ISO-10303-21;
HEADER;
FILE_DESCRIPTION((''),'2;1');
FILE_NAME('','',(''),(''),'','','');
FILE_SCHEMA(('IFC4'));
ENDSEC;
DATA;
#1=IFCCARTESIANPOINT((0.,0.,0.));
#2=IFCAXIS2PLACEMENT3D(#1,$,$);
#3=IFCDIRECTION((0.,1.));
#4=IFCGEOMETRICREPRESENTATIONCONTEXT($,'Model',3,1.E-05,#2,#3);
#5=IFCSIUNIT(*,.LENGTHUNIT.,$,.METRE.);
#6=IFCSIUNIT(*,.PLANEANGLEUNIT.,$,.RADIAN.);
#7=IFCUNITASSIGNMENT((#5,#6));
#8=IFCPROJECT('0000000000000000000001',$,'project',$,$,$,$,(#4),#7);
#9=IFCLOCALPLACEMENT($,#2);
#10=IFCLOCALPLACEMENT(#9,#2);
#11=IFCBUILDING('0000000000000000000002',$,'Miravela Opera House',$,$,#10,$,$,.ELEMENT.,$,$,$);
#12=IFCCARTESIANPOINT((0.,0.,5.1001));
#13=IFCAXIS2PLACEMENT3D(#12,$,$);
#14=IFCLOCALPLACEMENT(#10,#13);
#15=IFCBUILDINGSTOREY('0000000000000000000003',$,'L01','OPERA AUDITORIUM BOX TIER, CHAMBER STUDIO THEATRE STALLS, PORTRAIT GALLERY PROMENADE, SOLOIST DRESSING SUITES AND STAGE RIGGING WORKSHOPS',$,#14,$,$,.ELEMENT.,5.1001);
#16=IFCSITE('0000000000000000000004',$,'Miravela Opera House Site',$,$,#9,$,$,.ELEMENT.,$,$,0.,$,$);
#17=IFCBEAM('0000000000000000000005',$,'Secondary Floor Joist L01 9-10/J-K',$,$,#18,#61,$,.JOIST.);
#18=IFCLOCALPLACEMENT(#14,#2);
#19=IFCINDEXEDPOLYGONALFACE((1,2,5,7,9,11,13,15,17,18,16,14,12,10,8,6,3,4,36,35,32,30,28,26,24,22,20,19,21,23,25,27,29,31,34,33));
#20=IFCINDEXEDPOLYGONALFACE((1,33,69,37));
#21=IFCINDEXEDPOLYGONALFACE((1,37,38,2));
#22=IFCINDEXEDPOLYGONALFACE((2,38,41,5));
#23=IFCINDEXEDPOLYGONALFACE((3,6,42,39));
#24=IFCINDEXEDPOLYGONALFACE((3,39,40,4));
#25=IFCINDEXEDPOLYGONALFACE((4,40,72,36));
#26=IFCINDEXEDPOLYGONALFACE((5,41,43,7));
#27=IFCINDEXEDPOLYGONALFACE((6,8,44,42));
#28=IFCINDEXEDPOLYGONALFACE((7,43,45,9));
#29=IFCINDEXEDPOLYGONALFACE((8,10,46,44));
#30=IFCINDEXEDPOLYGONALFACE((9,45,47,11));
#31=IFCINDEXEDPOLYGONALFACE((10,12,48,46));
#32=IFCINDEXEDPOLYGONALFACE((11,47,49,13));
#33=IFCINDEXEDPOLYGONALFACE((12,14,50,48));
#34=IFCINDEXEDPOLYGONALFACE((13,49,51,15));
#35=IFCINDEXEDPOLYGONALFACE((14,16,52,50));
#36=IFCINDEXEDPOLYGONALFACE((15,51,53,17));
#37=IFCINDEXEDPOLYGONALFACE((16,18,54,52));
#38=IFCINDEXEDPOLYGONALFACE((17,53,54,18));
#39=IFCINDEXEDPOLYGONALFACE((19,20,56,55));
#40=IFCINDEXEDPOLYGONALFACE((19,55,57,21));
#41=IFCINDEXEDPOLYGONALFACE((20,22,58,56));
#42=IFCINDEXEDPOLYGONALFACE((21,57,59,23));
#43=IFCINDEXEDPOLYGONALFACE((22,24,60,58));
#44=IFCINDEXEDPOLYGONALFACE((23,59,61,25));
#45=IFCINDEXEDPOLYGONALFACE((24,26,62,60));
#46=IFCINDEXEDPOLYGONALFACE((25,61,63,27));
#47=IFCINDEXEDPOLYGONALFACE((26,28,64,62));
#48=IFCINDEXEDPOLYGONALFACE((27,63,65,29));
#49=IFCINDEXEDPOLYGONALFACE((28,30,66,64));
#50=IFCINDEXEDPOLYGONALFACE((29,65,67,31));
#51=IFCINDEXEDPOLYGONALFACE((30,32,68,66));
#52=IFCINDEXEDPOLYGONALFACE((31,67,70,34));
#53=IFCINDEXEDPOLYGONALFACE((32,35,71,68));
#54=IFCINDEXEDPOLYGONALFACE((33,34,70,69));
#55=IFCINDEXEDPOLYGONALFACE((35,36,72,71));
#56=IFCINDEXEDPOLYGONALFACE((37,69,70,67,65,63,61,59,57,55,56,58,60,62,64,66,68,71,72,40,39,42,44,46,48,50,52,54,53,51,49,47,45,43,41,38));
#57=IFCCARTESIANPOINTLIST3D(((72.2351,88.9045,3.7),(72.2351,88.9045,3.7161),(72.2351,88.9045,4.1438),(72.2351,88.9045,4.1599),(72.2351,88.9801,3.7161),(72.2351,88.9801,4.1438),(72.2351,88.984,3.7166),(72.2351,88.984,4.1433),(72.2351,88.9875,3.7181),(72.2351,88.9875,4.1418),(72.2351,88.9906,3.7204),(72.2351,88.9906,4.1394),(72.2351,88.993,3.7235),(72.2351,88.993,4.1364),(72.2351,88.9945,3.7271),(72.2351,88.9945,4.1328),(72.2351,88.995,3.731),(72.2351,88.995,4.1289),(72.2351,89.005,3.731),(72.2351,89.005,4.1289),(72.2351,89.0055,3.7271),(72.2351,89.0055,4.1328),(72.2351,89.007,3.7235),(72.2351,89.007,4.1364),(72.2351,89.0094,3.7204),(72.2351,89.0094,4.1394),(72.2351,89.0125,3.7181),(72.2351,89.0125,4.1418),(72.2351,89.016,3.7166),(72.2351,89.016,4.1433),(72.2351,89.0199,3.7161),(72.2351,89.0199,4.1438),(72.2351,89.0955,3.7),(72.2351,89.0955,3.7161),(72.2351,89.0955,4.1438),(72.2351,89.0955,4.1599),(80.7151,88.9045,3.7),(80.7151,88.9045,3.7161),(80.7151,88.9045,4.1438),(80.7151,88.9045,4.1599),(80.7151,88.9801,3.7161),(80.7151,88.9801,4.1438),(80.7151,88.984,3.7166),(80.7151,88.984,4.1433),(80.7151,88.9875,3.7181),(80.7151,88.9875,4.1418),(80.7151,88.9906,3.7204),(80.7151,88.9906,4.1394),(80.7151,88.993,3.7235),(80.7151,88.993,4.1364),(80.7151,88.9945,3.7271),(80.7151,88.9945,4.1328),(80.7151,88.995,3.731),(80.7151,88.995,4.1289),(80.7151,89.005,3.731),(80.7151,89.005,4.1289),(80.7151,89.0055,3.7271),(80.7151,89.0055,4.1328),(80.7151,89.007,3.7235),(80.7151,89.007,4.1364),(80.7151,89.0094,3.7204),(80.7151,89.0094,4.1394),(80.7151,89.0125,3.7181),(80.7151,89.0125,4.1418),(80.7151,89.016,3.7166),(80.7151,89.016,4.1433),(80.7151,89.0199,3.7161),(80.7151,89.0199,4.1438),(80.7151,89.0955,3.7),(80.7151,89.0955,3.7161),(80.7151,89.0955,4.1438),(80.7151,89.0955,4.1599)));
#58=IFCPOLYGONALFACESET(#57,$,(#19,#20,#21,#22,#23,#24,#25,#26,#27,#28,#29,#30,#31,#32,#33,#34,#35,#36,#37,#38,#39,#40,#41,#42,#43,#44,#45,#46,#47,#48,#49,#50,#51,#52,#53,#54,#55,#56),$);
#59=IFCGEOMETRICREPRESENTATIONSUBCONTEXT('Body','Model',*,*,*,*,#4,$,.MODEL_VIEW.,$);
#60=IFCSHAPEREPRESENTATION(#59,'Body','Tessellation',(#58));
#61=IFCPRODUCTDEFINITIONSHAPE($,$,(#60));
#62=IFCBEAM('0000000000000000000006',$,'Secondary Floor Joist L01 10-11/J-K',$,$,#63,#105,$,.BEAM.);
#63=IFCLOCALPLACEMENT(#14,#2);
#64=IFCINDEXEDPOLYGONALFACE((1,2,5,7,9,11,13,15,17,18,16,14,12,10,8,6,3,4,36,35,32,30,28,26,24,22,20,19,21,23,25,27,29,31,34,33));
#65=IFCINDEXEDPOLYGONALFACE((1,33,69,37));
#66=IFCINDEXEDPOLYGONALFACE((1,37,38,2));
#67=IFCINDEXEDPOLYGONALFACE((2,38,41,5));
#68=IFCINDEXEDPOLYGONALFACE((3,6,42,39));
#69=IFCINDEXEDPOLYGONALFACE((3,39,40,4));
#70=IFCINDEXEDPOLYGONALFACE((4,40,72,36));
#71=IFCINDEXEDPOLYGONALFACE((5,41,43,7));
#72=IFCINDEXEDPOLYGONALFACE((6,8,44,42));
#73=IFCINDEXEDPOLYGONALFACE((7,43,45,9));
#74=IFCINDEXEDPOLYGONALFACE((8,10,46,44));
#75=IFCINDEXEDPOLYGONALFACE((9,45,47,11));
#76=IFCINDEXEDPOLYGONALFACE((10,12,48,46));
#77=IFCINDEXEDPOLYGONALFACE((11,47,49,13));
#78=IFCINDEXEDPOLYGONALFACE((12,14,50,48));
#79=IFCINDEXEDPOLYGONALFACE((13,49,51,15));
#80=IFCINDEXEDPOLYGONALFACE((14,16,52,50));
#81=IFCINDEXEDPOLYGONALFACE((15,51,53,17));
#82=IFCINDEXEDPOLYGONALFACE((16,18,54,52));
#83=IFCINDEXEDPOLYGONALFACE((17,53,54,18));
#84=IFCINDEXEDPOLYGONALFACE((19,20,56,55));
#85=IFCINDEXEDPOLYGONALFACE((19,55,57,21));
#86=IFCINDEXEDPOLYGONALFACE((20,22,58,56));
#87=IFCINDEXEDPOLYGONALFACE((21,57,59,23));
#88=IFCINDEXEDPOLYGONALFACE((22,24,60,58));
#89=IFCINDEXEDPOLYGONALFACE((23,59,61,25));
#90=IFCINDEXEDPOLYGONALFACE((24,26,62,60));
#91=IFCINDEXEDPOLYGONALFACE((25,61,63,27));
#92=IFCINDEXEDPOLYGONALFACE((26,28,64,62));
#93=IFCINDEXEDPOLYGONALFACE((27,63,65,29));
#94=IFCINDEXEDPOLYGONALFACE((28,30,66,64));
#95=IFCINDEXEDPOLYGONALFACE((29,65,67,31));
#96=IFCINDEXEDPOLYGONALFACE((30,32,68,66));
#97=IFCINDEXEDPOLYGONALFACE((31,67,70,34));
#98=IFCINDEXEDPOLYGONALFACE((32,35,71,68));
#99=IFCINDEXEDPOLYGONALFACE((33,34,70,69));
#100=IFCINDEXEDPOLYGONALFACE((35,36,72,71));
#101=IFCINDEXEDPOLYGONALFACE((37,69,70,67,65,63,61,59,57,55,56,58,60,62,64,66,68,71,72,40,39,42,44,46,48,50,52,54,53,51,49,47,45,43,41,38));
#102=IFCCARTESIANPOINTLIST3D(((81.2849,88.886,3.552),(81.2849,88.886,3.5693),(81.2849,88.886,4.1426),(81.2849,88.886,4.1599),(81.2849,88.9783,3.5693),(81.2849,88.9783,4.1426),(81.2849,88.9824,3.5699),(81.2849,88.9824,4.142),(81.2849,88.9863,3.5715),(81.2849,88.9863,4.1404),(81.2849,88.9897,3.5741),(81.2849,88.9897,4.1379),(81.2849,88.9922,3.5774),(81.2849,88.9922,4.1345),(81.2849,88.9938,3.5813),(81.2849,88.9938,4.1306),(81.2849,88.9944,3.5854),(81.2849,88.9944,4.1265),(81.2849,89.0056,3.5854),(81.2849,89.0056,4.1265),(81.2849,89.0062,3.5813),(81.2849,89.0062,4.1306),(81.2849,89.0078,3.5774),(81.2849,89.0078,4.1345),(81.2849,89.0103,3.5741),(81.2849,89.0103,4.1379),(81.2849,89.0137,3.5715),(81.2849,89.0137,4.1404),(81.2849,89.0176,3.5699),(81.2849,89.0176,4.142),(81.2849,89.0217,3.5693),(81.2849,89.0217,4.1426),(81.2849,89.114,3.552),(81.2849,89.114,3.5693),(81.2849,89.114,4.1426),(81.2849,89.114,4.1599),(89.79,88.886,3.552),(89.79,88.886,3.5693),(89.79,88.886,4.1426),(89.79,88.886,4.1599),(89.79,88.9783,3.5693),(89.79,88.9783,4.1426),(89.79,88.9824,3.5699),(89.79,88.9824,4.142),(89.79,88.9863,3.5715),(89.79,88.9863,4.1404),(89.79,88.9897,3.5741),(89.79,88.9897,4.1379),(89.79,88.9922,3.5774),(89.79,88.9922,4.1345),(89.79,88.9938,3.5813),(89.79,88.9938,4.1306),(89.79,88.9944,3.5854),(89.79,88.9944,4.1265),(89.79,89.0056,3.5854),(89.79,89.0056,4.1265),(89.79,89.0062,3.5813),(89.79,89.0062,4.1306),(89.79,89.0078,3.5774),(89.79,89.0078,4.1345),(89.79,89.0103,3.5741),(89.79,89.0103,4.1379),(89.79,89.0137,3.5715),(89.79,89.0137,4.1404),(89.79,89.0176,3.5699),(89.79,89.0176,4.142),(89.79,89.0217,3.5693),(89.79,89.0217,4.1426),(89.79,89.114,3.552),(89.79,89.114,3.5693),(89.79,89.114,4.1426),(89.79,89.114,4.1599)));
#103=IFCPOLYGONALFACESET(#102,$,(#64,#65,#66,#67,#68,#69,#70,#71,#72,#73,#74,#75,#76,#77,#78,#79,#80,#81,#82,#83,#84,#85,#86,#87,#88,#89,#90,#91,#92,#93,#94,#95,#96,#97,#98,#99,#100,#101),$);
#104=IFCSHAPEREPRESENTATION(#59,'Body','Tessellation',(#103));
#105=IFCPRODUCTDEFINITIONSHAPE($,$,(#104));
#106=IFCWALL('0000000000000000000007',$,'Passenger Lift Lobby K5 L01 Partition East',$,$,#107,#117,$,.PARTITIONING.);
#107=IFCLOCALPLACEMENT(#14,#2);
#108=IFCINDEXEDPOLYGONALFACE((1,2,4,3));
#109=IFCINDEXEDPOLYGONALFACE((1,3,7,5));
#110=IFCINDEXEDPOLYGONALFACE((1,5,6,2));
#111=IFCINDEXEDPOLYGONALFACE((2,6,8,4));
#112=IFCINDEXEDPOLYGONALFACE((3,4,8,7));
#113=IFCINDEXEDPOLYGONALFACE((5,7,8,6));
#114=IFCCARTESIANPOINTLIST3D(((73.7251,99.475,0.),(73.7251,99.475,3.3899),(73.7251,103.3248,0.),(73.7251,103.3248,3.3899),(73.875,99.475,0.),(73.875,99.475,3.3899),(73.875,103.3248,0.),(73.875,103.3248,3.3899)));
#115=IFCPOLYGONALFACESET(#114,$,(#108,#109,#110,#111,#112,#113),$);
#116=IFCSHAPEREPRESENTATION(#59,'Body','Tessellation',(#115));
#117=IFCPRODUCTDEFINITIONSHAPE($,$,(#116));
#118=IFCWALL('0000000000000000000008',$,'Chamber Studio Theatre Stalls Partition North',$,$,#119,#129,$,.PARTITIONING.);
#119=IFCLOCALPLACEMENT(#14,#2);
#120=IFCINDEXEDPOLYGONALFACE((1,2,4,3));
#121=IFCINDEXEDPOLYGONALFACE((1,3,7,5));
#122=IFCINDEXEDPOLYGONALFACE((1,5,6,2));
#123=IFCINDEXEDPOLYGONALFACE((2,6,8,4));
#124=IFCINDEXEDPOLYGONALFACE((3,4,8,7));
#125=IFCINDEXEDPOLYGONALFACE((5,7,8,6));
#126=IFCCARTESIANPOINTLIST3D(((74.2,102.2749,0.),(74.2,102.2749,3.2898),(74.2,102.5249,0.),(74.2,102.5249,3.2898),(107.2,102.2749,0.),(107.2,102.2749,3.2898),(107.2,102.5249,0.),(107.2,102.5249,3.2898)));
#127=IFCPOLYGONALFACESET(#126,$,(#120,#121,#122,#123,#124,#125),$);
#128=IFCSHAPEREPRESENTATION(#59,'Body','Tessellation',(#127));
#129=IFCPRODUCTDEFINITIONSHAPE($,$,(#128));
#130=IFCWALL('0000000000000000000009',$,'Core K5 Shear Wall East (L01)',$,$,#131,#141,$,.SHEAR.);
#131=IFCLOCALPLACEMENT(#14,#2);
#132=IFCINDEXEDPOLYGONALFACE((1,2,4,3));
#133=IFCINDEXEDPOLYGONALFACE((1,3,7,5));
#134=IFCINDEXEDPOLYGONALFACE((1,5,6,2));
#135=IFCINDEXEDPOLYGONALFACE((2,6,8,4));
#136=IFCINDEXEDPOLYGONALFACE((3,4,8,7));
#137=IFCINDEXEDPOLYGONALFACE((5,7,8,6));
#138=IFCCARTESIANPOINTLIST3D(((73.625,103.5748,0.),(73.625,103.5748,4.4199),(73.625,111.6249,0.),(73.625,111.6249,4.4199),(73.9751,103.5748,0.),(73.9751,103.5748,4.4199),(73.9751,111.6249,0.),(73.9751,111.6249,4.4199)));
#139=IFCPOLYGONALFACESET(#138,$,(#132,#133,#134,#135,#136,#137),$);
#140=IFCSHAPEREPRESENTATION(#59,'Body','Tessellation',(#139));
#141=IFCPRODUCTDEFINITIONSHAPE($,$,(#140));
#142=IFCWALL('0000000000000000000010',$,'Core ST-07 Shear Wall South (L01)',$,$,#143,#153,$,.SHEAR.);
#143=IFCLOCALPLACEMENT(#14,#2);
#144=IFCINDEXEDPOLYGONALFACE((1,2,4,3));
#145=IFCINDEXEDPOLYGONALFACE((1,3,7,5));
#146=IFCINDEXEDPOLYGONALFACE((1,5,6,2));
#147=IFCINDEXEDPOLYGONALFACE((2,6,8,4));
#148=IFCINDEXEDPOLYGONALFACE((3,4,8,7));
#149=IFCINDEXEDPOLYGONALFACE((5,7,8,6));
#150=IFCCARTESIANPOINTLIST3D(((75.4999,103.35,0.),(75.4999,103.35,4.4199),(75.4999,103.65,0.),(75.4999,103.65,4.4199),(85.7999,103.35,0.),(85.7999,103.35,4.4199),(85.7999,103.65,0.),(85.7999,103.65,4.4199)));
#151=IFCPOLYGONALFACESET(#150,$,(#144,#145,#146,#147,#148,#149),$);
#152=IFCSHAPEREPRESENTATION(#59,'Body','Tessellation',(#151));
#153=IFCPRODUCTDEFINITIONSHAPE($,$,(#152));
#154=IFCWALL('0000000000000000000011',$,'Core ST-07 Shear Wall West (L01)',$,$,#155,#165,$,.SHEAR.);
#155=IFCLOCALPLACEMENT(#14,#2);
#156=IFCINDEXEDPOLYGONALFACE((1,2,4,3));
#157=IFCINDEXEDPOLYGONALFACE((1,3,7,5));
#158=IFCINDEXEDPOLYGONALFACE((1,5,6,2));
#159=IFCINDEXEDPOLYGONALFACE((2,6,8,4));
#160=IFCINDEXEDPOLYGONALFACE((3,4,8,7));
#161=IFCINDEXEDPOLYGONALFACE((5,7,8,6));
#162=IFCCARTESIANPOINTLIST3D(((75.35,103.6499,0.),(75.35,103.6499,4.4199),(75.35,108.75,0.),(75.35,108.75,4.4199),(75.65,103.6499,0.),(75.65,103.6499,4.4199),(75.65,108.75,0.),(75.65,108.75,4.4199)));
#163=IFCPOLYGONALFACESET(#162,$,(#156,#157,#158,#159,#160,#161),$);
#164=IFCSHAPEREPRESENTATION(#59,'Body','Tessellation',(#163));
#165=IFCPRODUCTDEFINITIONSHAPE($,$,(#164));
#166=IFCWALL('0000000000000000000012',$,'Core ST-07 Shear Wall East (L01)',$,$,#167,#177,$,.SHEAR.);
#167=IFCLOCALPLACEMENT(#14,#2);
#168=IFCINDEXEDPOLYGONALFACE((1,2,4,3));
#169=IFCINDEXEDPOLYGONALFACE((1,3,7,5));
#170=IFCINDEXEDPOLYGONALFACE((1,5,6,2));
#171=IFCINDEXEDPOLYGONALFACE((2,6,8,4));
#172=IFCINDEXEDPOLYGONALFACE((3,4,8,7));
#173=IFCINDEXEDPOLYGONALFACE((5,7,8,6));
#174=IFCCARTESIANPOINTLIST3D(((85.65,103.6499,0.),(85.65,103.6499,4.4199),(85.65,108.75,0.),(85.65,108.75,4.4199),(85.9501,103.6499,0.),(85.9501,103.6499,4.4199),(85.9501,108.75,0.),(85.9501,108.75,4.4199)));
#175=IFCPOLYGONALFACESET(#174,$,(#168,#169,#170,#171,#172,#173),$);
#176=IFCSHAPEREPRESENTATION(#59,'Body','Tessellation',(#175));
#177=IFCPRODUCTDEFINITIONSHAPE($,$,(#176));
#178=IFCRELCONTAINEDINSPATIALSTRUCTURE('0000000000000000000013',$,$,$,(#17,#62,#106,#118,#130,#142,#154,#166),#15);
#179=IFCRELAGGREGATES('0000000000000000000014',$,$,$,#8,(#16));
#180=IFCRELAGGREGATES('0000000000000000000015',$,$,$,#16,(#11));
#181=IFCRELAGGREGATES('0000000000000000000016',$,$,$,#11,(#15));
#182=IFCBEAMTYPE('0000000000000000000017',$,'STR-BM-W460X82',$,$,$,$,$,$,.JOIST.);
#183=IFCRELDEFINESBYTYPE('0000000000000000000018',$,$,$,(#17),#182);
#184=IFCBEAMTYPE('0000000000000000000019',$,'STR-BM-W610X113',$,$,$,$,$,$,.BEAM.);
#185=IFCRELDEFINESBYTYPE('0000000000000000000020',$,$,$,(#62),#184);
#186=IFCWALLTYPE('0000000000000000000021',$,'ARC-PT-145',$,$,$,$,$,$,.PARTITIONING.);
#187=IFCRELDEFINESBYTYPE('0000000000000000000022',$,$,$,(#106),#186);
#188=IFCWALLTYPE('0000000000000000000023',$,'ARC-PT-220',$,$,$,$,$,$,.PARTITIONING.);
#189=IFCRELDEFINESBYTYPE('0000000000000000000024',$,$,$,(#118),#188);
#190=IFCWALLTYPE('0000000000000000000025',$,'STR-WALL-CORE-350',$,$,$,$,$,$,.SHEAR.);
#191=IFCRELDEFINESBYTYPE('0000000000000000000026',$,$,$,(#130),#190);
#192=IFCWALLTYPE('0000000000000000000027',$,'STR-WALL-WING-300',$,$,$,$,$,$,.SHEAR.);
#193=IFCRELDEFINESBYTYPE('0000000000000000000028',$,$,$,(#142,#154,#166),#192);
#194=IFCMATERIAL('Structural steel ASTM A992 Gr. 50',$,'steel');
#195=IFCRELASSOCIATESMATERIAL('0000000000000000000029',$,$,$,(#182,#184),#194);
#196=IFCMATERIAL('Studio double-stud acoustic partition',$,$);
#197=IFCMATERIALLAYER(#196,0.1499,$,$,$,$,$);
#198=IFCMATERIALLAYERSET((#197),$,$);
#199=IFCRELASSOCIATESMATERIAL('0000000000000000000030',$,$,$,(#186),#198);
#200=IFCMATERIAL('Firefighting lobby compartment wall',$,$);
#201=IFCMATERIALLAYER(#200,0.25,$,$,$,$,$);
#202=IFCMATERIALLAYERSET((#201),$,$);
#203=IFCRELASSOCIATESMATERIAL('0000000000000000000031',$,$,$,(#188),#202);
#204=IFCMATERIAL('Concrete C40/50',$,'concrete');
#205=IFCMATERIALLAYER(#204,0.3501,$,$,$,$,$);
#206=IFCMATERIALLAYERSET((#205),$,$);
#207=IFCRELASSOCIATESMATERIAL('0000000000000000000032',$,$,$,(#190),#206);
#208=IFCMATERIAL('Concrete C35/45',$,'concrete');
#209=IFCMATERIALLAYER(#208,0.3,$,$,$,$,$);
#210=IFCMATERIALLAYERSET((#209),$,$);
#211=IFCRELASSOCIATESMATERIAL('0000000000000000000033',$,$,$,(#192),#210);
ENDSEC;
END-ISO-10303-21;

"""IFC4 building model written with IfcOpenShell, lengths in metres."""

from ifc_helpers import new_model, si_unit, direction, frame, frame_2d, origin, origin_2d, place, context, subcontext, project, spatial, rectangle, i_section, extrude, material, layer, layer_set, material_profile, profile_set, type_object, element, save


model = new_model("IFC4")

# Units and contexts
model_context = context("Model", 3, precision=1e-05, world=origin(), true_north=direction((0.0, 1.0)))
body_context = subcontext(model_context, "Body", "Model", "MODEL_VIEW")
ifc_project = project(units=[si_unit("LENGTHUNIT", "METRE"), si_unit("PLANEANGLEUNIT", "RADIAN")], contexts=[model_context])

# Site, building, storey
site_placement = place(None, origin())
site = spatial("IfcSite", under=ifc_project, at=site_placement, Name="Miravela Opera House Site", CompositionType="ELEMENT", RefElevation=0.0)
building_placement = place(site_placement, origin())
building = spatial("IfcBuilding", under=site, at=building_placement, Name="Miravela Opera House", CompositionType="ELEMENT")
storey_placement = place(building_placement, frame((0.0, 0.0, 5.1001)))
storey = spatial("IfcBuildingStorey", under=building, at=storey_placement, Name="L01", Description="OPERA AUDITORIUM BOX TIER, CHAMBER STUDIO THEATRE STALLS, PORTRAIT GALLERY PROMENADE, SOLOIST DRESSING SUITES AND STAGE RIGGING WORKSHOPS", CompositionType="ELEMENT", Elevation=5.1001)

# Shared definitions
ifc_material_1 = material(Name="Concrete C35/45", Category="concrete")

# Beams
ifc_material_2 = material(Name="Concrete C40/50", Category="concrete")
ifc_material_3 = material(Name="Structural steel ASTM A992 Gr. 50", Category="steel")
ifc_material_profile_1 = material_profile(ifc_material_3, i_section(OverallWidth=0.1909, OverallDepth=0.46, WebThickness=0.01, FlangeThickness=0.0161, FilletRadius=0.0149, at=origin_2d()), Name="W460X82")
ifc_profile_set_1 = profile_set([ifc_material_profile_1])
beam_type_1 = type_object("IfcBeamType", Name="STR-BM-W460X82", PredefinedType="JOIST", material=ifc_profile_set_1)
beam_1_placement = place(storey_placement, frame((72.2351, 89.0, 3.9299), z_axis=(1.0, 0.0, 0.0), x_axis=(0.0, 1.0, 0.0)))
element("IfcBeam", 1, at=beam_1_placement, inside=storey, type_object=beam_type_1, Name="Secondary Floor Joist L01 9-10/J-K", PredefinedType="JOIST", context=body_context, shape_type="SweptSolid", body=[
    extrude(i_section(OverallWidth=0.1909, OverallDepth=0.46, WebThickness=0.01, FlangeThickness=0.0161, FilletRadius=0.0149, at=origin_2d()), origin(), (0.0, 0.0, 1.0), 8.48),
])
ifc_material_profile_2 = material_profile(ifc_material_3, i_section(OverallWidth=0.228, OverallDepth=0.6079, WebThickness=0.0112, FlangeThickness=0.0173, FilletRadius=0.0161, at=origin_2d()), Name="W610X113")
ifc_profile_set_2 = profile_set([ifc_material_profile_2])
beam_type_2 = type_object("IfcBeamType", Name="STR-BM-W610X113", PredefinedType="BEAM", material=ifc_profile_set_2)
beam_2_placement = place(storey_placement, frame((81.2849, 89.0, 3.856), z_axis=(1.0, 0.0, 0.0), x_axis=(0.0, 1.0, 0.0)))
element("IfcBeam", 2, at=beam_2_placement, inside=storey, type_object=beam_type_2, Name="Secondary Floor Joist L01 10-11/J-K", PredefinedType="BEAM", context=body_context, shape_type="SweptSolid", body=[
    extrude(i_section(OverallWidth=0.228, OverallDepth=0.6079, WebThickness=0.0112, FlangeThickness=0.0173, FilletRadius=0.0161, at=origin_2d()), origin(), (0.0, 0.0, 1.0), 8.5051),
])

# Walls
ifc_material_4 = material(Name="Studio double-stud acoustic partition")
ifc_layer_1 = layer(ifc_material_4, 0.1499)
ifc_layer_set_1 = layer_set([ifc_layer_1])
wall_type_1 = type_object("IfcWallType", Name="ARC-PT-145", PredefinedType="PARTITIONING", material=ifc_layer_set_1)
wall_1_placement = place(storey_placement, frame((73.8, 99.4751, 0.0), z_axis=(0.0, 0.0, 1.0), x_axis=(0.0, 1.0, 0.0)))
element("IfcWall", 3, at=wall_1_placement, inside=storey, type_object=wall_type_1, Name="Passenger Lift Lobby K5 L01 Partition East", PredefinedType="PARTITIONING", context=body_context, shape_type="SweptSolid", body=[
    extrude(rectangle(XDim=3.8499, YDim=0.1499, at=frame_2d((1.9248, 0.0))), origin(), (0.0, 0.0, 1.0), 3.3899),
])
ifc_material_5 = material(Name="Firefighting lobby compartment wall")
ifc_layer_2 = layer(ifc_material_5, 0.25)
ifc_layer_set_2 = layer_set([ifc_layer_2])
wall_type_2 = type_object("IfcWallType", Name="ARC-PT-220", PredefinedType="PARTITIONING", material=ifc_layer_set_2)
wall_2_placement = place(storey_placement, frame((74.2, 102.3999, 0.0), z_axis=(0.0, 0.0, 1.0), x_axis=(1.0, 0.0, 0.0)))
element("IfcWall", 4, at=wall_2_placement, inside=storey, type_object=wall_type_2, Name="Chamber Studio Theatre Stalls Partition North", PredefinedType="PARTITIONING", context=body_context, shape_type="SweptSolid", body=[
    extrude(rectangle(XDim=33.0, YDim=0.25, at=frame_2d((16.5, 0.0))), origin(), (0.0, 0.0, 1.0), 3.2898),
])
ifc_layer_3 = layer(ifc_material_2, 0.3501)
ifc_layer_set_3 = layer_set([ifc_layer_3])
wall_type_3 = type_object("IfcWallType", Name="STR-WALL-CORE-350", PredefinedType="SHEAR", material=ifc_layer_set_3)
wall_3_placement = place(storey_placement, frame((73.8, 103.575, 0.0), z_axis=(0.0, 0.0, 1.0), x_axis=(0.0, 1.0, 0.0)))
element("IfcWall", 5, at=wall_3_placement, inside=storey, type_object=wall_type_3, Name="Core K5 Shear Wall East (L01)", PredefinedType="SHEAR", context=body_context, shape_type="SweptSolid", body=[
    extrude(rectangle(XDim=8.05, YDim=0.3501, at=frame_2d((4.0249, 0.0))), origin(), (0.0, 0.0, 1.0), 4.4199),
])
ifc_layer_4 = layer(ifc_material_1, 0.3)
ifc_layer_set_4 = layer_set([ifc_layer_4])
wall_type_4 = type_object("IfcWallType", Name="STR-WALL-WING-300", PredefinedType="SHEAR", material=ifc_layer_set_4)
wall_4_placement = place(storey_placement, frame((75.5, 103.5, 0.0), z_axis=(0.0, 0.0, 1.0), x_axis=(1.0, 0.0, 0.0)))
element("IfcWall", 6, at=wall_4_placement, inside=storey, type_object=wall_type_4, Name="Core ST-07 Shear Wall South (L01)", PredefinedType="SHEAR", context=body_context, shape_type="SweptSolid", body=[
    extrude(rectangle(XDim=10.3, YDim=0.3, at=frame_2d((5.1499, 0.0))), origin(), (0.0, 0.0, 1.0), 4.4199),
])
for number, where, z_axis, x_axis, name in (
    (7, (75.5, 103.6499, 0.0), (0.0, 0.0, 1.0), (0.0, 1.0, 0.0), "Core ST-07 Shear Wall West (L01)"),
    (8, (85.8, 103.6499, 0.0), (0.0, 0.0, 1.0), (0.0, 1.0, 0.0), "Core ST-07 Shear Wall East (L01)"),
):
    element("IfcWall", number, at=place(storey_placement, frame(where, z_axis=z_axis, x_axis=x_axis)), inside=storey, type_object=wall_type_4, Name=name, PredefinedType="SHEAR", context=body_context, shape_type="SweptSolid", body=[
        extrude(rectangle(XDim=5.1001, YDim=0.3, at=frame_2d((2.55, 0.0))), origin(), (0.0, 0.0, 1.0), 4.4199),
    ])

save(model, "model.ifc")
